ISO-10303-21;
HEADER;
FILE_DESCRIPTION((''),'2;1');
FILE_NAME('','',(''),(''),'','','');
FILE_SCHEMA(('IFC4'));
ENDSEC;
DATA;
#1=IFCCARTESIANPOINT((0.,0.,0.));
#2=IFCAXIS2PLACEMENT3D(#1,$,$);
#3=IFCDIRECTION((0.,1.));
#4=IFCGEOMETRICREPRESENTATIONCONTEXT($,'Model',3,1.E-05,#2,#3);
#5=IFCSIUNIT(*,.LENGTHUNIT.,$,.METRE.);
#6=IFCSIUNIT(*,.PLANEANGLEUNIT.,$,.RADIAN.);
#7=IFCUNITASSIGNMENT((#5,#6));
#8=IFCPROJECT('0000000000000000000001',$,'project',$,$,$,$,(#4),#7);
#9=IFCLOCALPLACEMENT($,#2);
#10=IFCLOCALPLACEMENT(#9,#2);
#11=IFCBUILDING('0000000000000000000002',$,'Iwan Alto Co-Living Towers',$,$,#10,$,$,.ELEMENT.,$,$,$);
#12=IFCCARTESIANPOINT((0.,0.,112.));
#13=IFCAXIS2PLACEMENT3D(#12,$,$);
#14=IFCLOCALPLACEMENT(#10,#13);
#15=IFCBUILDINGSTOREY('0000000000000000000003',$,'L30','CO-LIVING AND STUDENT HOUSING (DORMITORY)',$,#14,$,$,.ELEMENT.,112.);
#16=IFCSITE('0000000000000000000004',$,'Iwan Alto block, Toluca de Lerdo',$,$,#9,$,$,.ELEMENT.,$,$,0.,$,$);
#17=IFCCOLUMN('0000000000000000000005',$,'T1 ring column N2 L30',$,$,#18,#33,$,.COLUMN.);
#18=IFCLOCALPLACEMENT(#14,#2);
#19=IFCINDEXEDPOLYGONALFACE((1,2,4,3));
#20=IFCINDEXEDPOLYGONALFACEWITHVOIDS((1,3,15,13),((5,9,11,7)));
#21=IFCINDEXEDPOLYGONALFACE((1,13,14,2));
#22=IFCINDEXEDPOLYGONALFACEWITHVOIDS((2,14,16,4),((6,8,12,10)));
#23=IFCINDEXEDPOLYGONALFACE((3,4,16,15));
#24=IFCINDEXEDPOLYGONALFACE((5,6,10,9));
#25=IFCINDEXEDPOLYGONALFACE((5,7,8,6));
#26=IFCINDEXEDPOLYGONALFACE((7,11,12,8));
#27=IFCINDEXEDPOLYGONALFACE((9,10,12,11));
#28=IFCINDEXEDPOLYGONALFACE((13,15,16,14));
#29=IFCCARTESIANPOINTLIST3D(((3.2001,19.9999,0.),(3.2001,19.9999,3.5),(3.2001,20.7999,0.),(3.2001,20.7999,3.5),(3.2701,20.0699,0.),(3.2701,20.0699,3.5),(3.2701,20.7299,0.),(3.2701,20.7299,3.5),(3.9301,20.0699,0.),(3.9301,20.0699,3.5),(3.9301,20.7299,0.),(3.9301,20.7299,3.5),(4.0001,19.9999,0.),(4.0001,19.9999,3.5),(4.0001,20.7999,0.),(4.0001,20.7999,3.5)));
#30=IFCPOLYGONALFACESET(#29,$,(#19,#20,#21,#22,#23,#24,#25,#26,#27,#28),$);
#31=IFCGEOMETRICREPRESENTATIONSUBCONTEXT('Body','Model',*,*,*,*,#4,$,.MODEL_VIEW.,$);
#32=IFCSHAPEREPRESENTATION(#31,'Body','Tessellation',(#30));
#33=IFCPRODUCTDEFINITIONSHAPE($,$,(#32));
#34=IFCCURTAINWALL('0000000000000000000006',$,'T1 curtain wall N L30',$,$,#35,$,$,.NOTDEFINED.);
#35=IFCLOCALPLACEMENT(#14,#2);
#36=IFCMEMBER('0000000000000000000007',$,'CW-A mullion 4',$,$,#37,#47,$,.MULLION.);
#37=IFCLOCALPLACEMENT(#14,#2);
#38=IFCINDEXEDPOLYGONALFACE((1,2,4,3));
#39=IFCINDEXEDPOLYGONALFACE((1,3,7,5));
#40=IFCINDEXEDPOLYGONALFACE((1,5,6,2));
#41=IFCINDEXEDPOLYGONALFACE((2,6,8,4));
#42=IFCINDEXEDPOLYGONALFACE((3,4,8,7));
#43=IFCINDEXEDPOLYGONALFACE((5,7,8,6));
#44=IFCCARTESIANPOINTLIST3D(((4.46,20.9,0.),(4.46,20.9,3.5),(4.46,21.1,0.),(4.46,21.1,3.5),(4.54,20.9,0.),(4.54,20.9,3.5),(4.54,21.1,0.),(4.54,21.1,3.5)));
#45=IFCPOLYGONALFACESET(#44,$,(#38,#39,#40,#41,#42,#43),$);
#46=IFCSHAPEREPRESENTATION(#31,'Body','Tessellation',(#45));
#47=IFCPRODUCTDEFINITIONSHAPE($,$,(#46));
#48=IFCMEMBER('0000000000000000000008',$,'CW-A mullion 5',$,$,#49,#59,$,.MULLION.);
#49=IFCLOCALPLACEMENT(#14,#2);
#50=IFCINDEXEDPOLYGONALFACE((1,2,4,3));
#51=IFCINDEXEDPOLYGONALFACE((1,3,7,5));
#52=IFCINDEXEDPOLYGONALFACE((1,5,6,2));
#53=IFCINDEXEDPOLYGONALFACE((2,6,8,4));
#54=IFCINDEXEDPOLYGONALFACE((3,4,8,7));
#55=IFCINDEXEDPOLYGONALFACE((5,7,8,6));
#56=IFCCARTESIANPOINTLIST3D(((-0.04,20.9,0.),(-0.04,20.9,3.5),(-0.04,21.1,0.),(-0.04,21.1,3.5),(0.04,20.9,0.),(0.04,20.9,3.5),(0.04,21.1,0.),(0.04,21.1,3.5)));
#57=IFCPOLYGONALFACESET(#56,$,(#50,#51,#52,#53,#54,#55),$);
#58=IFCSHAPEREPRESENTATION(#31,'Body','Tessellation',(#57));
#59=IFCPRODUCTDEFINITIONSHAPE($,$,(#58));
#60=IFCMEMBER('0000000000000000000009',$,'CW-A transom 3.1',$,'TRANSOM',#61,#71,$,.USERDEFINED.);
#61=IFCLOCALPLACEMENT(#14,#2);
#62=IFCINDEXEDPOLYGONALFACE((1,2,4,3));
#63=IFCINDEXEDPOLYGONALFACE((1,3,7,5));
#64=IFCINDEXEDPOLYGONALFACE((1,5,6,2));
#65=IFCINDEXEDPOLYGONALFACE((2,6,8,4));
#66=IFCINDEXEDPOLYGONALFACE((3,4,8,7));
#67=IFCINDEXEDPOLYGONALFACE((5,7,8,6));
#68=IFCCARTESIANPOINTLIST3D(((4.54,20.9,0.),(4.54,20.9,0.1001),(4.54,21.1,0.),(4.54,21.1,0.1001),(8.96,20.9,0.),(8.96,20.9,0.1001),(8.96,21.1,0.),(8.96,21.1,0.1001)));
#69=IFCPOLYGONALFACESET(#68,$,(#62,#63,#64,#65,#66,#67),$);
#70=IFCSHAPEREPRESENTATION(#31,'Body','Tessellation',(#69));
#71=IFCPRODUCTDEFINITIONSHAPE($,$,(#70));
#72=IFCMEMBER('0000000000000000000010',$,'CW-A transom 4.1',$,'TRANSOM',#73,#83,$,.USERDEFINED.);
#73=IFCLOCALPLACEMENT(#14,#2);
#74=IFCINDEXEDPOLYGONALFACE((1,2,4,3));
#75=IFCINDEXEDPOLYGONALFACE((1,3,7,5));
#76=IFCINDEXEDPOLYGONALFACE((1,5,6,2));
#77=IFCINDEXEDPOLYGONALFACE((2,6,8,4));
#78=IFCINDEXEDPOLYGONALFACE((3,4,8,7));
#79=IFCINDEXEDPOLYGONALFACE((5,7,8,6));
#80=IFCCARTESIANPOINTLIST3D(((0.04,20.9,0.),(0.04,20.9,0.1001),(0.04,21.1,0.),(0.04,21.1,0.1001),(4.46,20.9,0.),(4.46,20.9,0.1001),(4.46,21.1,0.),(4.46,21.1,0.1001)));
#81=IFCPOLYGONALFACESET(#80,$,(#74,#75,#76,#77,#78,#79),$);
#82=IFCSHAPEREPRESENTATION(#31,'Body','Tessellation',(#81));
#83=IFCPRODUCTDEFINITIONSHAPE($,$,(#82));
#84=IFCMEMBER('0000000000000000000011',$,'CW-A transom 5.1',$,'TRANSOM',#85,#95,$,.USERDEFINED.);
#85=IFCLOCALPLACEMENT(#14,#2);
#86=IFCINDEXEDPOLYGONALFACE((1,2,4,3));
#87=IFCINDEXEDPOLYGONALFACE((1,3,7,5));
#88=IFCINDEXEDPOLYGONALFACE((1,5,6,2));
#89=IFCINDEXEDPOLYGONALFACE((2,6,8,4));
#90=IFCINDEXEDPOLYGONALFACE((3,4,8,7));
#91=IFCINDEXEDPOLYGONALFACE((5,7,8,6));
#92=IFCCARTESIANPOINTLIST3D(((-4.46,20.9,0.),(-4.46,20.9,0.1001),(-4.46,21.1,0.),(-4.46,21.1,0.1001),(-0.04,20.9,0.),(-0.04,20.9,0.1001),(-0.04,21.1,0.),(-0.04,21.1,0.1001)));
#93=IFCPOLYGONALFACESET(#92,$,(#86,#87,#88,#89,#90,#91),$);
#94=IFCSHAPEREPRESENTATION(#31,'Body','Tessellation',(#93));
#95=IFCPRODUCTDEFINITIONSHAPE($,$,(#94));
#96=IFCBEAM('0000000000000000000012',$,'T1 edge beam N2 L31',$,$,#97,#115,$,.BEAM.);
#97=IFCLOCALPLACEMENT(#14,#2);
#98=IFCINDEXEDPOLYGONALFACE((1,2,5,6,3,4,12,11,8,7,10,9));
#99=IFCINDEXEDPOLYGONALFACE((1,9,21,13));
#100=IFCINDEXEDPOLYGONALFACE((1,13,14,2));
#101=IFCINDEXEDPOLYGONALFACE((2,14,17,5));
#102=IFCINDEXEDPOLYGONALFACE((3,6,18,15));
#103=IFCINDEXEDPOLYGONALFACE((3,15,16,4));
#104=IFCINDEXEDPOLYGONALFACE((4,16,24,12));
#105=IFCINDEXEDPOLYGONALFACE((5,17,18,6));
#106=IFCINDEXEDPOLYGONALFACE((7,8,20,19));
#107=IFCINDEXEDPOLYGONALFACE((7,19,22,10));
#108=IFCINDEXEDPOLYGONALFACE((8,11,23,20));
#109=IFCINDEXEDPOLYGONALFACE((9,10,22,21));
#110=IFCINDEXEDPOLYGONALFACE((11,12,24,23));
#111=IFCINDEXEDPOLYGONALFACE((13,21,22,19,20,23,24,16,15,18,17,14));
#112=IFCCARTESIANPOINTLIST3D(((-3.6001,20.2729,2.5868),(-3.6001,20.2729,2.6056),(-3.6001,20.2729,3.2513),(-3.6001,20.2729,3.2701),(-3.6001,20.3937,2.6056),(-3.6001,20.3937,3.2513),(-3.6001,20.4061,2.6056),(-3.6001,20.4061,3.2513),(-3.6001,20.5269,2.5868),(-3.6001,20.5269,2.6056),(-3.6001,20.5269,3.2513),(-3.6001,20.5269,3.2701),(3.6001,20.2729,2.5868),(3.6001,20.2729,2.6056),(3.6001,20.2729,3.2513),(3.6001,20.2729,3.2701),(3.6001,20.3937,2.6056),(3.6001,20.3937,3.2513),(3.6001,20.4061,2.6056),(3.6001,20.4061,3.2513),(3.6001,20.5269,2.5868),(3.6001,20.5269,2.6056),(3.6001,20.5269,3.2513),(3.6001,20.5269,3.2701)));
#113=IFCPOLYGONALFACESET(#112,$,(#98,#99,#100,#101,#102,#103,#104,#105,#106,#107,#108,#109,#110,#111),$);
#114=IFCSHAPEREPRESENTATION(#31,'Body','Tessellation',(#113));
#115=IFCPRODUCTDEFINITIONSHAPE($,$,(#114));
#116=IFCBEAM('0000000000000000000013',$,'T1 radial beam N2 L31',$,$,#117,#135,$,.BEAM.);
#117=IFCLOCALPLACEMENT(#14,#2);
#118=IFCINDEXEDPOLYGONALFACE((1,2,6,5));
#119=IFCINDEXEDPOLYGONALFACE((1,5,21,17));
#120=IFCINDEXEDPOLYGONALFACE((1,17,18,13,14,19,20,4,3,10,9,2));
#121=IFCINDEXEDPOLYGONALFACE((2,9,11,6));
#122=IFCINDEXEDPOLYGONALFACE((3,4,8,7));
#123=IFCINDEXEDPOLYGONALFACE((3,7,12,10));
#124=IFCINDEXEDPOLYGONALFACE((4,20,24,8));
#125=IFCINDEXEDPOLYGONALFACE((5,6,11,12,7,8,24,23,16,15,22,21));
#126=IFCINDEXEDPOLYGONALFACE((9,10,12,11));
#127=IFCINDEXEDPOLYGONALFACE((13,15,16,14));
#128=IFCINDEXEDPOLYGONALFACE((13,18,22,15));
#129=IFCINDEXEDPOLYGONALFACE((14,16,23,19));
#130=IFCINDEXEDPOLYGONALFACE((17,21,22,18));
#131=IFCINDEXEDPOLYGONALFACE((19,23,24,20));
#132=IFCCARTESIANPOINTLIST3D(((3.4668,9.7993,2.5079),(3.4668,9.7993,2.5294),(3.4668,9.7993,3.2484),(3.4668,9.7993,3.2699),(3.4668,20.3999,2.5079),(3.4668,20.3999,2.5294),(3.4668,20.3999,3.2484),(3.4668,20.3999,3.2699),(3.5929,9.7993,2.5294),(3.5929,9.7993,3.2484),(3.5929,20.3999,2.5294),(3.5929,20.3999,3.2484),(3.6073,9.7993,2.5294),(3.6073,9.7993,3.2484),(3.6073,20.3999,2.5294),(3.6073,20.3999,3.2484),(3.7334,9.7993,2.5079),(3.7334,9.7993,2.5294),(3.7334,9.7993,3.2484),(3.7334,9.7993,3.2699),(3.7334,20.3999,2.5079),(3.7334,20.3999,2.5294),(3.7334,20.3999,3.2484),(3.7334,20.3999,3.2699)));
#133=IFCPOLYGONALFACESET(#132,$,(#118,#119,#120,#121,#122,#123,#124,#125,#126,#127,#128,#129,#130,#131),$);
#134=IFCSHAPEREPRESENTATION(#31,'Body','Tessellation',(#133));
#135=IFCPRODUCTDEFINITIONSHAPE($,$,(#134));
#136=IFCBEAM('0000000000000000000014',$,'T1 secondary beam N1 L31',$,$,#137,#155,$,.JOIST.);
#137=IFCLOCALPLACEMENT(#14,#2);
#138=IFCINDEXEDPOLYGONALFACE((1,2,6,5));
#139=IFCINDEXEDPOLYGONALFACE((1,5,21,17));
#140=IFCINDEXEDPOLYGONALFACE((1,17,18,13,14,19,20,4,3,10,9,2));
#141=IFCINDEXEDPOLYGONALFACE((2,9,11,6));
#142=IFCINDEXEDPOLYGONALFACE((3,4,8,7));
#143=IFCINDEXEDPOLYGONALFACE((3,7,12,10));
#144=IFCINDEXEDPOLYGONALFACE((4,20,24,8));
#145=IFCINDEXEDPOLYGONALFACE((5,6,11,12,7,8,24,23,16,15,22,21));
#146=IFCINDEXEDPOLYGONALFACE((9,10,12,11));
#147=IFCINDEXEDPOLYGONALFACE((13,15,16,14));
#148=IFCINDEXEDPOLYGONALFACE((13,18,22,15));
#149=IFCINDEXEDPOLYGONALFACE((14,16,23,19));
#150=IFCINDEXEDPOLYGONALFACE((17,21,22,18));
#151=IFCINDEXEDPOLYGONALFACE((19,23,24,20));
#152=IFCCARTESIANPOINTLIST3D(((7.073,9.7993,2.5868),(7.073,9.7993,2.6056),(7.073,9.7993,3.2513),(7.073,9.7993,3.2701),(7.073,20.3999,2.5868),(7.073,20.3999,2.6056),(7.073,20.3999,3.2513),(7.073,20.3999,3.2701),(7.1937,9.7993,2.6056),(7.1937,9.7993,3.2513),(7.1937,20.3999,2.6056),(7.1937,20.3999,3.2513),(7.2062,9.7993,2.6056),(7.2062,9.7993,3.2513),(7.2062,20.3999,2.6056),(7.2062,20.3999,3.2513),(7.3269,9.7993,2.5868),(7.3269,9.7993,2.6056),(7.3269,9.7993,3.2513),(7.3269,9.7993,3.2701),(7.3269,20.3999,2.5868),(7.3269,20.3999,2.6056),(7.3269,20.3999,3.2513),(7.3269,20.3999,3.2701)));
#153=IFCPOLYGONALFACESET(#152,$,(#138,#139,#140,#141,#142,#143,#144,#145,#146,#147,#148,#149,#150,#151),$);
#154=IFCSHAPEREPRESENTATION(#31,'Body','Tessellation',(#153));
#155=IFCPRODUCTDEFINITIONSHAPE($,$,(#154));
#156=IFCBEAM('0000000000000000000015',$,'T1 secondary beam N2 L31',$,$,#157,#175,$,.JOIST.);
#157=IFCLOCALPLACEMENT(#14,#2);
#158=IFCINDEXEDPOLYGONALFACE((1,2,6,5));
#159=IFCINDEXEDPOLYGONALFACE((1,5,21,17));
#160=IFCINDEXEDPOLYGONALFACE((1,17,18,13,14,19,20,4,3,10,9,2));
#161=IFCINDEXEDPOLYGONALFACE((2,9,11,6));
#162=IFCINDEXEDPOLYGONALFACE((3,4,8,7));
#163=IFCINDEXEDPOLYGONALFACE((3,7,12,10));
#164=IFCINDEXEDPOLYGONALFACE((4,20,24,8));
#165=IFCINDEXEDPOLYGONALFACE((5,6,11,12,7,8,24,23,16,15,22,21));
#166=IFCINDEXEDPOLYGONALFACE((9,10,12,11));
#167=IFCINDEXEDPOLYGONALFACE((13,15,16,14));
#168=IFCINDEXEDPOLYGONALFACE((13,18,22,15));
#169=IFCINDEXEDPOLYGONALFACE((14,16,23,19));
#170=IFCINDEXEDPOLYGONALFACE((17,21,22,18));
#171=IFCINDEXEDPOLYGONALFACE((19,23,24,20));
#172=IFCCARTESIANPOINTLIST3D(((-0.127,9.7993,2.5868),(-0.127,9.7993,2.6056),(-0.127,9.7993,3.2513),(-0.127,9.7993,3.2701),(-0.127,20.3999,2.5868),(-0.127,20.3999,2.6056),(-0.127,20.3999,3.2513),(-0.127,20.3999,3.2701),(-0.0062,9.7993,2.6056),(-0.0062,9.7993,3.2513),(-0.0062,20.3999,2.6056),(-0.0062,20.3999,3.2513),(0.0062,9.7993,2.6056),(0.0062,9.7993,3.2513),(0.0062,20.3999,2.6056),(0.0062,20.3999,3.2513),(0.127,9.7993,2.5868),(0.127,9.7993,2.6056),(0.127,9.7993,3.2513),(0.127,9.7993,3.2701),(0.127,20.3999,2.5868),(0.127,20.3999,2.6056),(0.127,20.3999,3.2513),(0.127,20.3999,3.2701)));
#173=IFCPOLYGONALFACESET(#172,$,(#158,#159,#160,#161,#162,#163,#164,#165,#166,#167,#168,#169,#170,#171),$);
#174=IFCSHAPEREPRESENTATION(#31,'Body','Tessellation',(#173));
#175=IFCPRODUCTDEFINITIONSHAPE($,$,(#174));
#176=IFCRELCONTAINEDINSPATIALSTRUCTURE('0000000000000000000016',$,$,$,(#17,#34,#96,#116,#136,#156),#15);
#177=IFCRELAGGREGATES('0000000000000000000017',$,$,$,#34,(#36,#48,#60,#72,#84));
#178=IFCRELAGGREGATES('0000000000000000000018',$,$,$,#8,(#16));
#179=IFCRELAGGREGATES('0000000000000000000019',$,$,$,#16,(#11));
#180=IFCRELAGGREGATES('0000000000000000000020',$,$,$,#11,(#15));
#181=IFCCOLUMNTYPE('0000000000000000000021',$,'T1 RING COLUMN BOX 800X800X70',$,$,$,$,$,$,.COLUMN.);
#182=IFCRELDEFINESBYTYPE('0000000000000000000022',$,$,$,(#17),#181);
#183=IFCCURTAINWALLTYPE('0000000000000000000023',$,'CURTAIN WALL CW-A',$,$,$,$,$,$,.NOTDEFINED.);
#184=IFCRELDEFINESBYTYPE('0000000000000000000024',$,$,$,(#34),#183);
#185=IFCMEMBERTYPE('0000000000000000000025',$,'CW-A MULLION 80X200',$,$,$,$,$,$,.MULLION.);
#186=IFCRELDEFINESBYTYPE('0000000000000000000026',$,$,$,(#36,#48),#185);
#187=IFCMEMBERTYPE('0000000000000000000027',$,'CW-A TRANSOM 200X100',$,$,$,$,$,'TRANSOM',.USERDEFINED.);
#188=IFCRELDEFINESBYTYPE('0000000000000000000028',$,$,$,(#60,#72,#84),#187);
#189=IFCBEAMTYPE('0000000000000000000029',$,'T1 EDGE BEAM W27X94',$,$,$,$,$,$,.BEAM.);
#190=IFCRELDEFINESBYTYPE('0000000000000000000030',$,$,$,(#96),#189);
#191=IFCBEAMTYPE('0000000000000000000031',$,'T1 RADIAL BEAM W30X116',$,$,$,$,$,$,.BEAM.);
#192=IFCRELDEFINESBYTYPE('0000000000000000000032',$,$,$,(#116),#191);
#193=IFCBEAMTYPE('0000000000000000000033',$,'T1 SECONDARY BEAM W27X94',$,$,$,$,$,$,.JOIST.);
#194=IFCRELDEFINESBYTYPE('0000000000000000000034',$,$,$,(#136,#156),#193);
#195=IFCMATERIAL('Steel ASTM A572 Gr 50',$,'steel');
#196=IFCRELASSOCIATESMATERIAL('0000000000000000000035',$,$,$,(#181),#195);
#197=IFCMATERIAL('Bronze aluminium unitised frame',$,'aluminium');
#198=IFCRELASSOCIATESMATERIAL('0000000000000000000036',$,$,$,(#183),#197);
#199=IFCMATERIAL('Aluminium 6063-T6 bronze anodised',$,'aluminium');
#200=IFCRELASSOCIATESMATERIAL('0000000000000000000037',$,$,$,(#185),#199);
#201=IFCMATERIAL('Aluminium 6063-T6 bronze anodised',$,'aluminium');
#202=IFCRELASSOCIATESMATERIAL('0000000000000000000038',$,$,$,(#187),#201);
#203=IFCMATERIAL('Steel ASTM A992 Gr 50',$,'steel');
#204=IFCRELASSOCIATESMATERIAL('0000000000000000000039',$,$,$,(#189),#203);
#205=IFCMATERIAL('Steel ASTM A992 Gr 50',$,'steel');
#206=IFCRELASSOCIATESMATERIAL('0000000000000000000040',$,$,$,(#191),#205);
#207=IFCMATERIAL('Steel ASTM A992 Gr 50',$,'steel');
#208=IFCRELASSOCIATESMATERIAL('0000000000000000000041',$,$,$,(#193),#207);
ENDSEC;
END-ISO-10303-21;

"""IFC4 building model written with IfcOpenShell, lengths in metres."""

from ifc_helpers import new_model, si_unit, direction, frame, origin, origin_2d, place, context, subcontext, project, spatial, rectangle, hollow_rectangle, i_section, extrude, material, material_profile, profile_set, type_object, element, aggregate, save


model = new_model("IFC4")

# Units and contexts
model_context = context("Model", 3, precision=1e-05, world=origin(), true_north=direction((0.0, 1.0)))
body_context = subcontext(model_context, "Body", "Model", "MODEL_VIEW")
ifc_project = project(units=[si_unit("LENGTHUNIT", "METRE"), si_unit("PLANEANGLEUNIT", "RADIAN")], contexts=[model_context])

# Site, building, storey
site_placement = place(None, origin())
site = spatial("IfcSite", under=ifc_project, at=site_placement, Name="Iwan Alto block, Toluca de Lerdo", CompositionType="ELEMENT", RefElevation=0.0)
building_placement = place(site_placement, origin())
building = spatial("IfcBuilding", under=site, at=building_placement, Name="Iwan Alto Co-Living Towers", CompositionType="ELEMENT")
storey_placement = place(building_placement, frame((0.0, 0.0, 112.0)))
storey = spatial("IfcBuildingStorey", under=building, at=storey_placement, Name="L30", Description="CO-LIVING AND STUDENT HOUSING (DORMITORY)", CompositionType="ELEMENT", Elevation=112.0)

# Column
ifc_material_1 = material(Name="Steel ASTM A572 Gr 50", Category="steel")
ifc_material_profile_1 = material_profile(ifc_material_1, hollow_rectangle(XDim=0.8, YDim=0.8, WallThickness=0.0701, at=origin_2d()), Name="BOX 800X800X70")
ifc_profile_set_1 = profile_set([ifc_material_profile_1], Name="Steel ASTM A572 Gr 50")
column_type = type_object("IfcColumnType", Name="T1 RING COLUMN BOX 800X800X70", PredefinedType="COLUMN", material=ifc_profile_set_1)
column_placement = place(storey_placement, frame((3.6001, 20.3999, 0.0), z_axis=(0.0, 0.0, 1.0), x_axis=(1.0, 0.0, 0.0)))
element("IfcColumn", 1, at=column_placement, inside=storey, type_object=column_type, Name="T1 ring column N2 L30", PredefinedType="COLUMN", context=body_context, shape_type="SweptSolid", body=[
    extrude(hollow_rectangle(XDim=0.8, YDim=0.8, WallThickness=0.0701, at=origin_2d()), origin(), (0.0, 0.0, 1.0), 3.5),
])

# Curtain wall, members
ifc_material_2 = material(Name="Bronze aluminium unitised frame", Category="aluminium")
curtain_wall_type = type_object("IfcCurtainWallType", Name="CURTAIN WALL CW-A", PredefinedType="NOTDEFINED", material=ifc_material_2)
curtain_wall_placement = place(storey_placement, origin())
curtain_wall = element("IfcCurtainWall", 2, at=curtain_wall_placement, inside=storey, type_object=curtain_wall_type, Name="T1 curtain wall N L30", PredefinedType="NOTDEFINED")
ifc_material_3 = material(Name="Aluminium 6063-T6 bronze anodised", Category="aluminium")
ifc_material_profile_2 = material_profile(ifc_material_3, rectangle(XDim=0.2, YDim=0.0801, at=origin_2d()), Name="AL 80X200")
ifc_profile_set_2 = profile_set([ifc_material_profile_2], Name="Aluminium 6063-T6 bronze anodised")
member_type_1 = type_object("IfcMemberType", Name="CW-A MULLION 80X200", PredefinedType="MULLION", material=ifc_profile_set_2)
member_1_placement = place(storey_placement, frame((4.5, 21.0, 0.0), z_axis=(0.0, 0.0, 1.0), x_axis=(0.0, -1.0, 0.0)))
member_1 = element("IfcMember", 3, at=member_1_placement, type_object=member_type_1, Name="CW-A mullion 4", PredefinedType="MULLION", context=body_context, shape_type="SweptSolid", body=[
    extrude(rectangle(XDim=0.2, YDim=0.0801, at=origin_2d()), origin(), (0.0, 0.0, 1.0), 3.5),
])
member_2_placement = place(storey_placement, frame((0.0, 21.0, 0.0), z_axis=(0.0, 0.0, 1.0), x_axis=(0.0, -1.0, 0.0)))
member_2 = element("IfcMember", 4, at=member_2_placement, type_object=member_type_1, Name="CW-A mullion 5", PredefinedType="MULLION", context=body_context, shape_type="SweptSolid", body=[
    extrude(rectangle(XDim=0.2, YDim=0.0801, at=origin_2d()), origin(), (0.0, 0.0, 1.0), 3.5),
])
ifc_material_4 = material(Name="Aluminium 6063-T6 bronze anodised", Category="aluminium")
ifc_material_profile_3 = material_profile(ifc_material_4, rectangle(XDim=0.2, YDim=0.1001, at=origin_2d()), Name="AL 200X100")
ifc_profile_set_3 = profile_set([ifc_material_profile_3], Name="Aluminium 6063-T6 bronze anodised")
member_type_2 = type_object("IfcMemberType", Name="CW-A TRANSOM 200X100", ElementType="TRANSOM", PredefinedType="USERDEFINED", material=ifc_profile_set_3)
member_3_placement = place(storey_placement, frame((8.96, 21.0, 0.05), z_axis=(-1.0, 0.0, 0.0), x_axis=(0.0, -1.0, 0.0)))
member_3 = element("IfcMember", 5, at=member_3_placement, type_object=member_type_2, Name="CW-A transom 3.1", ObjectType="TRANSOM", PredefinedType="USERDEFINED", context=body_context, shape_type="SweptSolid", body=[
    extrude(rectangle(XDim=0.2, YDim=0.1001, at=origin_2d()), origin(), (0.0, 0.0, 1.0), 4.4199),
])
member_4_placement = place(storey_placement, frame((4.46, 21.0, 0.05), z_axis=(-1.0, 0.0, 0.0), x_axis=(0.0, -1.0, 0.0)))
member_4 = element("IfcMember", 6, at=member_4_placement, type_object=member_type_2, Name="CW-A transom 4.1", ObjectType="TRANSOM", PredefinedType="USERDEFINED", context=body_context, shape_type="SweptSolid", body=[
    extrude(rectangle(XDim=0.2, YDim=0.1001, at=origin_2d()), origin(), (0.0, 0.0, 1.0), 4.4199),
])
member_5_placement = place(storey_placement, frame((-0.04, 21.0, 0.05), z_axis=(-1.0, 0.0, 0.0), x_axis=(0.0, -1.0, 0.0)))
member_5 = element("IfcMember", 7, at=member_5_placement, type_object=member_type_2, Name="CW-A transom 5.1", ObjectType="TRANSOM", PredefinedType="USERDEFINED", context=body_context, shape_type="SweptSolid", body=[
    extrude(rectangle(XDim=0.2, YDim=0.1001, at=origin_2d()), origin(), (0.0, 0.0, 1.0), 4.4199),
])

# Beams
ifc_material_5 = material(Name="Steel ASTM A992 Gr 50", Category="steel")
ifc_material_profile_4 = material_profile(ifc_material_5, i_section(OverallWidth=0.2539, OverallDepth=0.6833, WebThickness=0.0125, FlangeThickness=0.0188, at=origin_2d()), Name="W27X94")
ifc_profile_set_4 = profile_set([ifc_material_profile_4], Name="Steel ASTM A992 Gr 50")
beam_type_1 = type_object("IfcBeamType", Name="T1 EDGE BEAM W27X94", PredefinedType="BEAM", material=ifc_profile_set_4)
beam_1_placement = place(storey_placement, frame((3.6001, 20.3999, 2.9285), z_axis=(-1.0, 0.0, 0.0), x_axis=(0.0, -1.0, 0.0)))
element("IfcBeam", 8, at=beam_1_placement, inside=storey, type_object=beam_type_1, Name="T1 edge beam N2 L31", PredefinedType="BEAM", context=body_context, shape_type="SweptSolid", body=[
    extrude(i_section(OverallWidth=0.2539, OverallDepth=0.6833, WebThickness=0.0125, FlangeThickness=0.0188, at=origin_2d()), origin(), (0.0, 0.0, 1.0), 7.2002),
])
ifc_material_6 = material(Name="Steel ASTM A992 Gr 50", Category="steel")
ifc_material_profile_5 = material_profile(ifc_material_6, i_section(OverallWidth=0.2666, OverallDepth=0.762, WebThickness=0.0144, FlangeThickness=0.0215, at=origin_2d()), Name="W30X116")
ifc_profile_set_5 = profile_set([ifc_material_profile_5], Name="Steel ASTM A992 Gr 50")
beam_type_2 = type_object("IfcBeamType", Name="T1 RADIAL BEAM W30X116", PredefinedType="BEAM", material=ifc_profile_set_5)
beam_2_placement = place(storey_placement, frame((3.6001, 20.3999, 2.8889), z_axis=(0.0, -1.0, 0.0), x_axis=(1.0, 0.0, 0.0)))
element("IfcBeam", 9, at=beam_2_placement, inside=storey, type_object=beam_type_2, Name="T1 radial beam N2 L31", PredefinedType="BEAM", context=body_context, shape_type="SweptSolid", body=[
    extrude(i_section(OverallWidth=0.2666, OverallDepth=0.762, WebThickness=0.0144, FlangeThickness=0.0215, at=origin_2d()), origin(), (0.0, 0.0, 1.0), 10.6006),
])
ifc_material_7 = material(Name="Steel ASTM A992 Gr 50", Category="steel")
ifc_material_profile_6 = material_profile(ifc_material_7, i_section(OverallWidth=0.2539, OverallDepth=0.6833, WebThickness=0.0125, FlangeThickness=0.0188, at=origin_2d()), Name="W27X94")
ifc_profile_set_6 = profile_set([ifc_material_profile_6], Name="Steel ASTM A992 Gr 50")
beam_type_3 = type_object("IfcBeamType", Name="T1 SECONDARY BEAM W27X94", PredefinedType="JOIST", material=ifc_profile_set_6)
for number, where, z_axis, x_axis, name in (
    (10, (7.2, 20.3999, 2.9285), (0.0, -1.0, 0.0), (1.0, 0.0, 0.0), "T1 secondary beam N1 L31"),
    (11, (0.0, 20.3999, 2.9285), (0.0, -1.0, 0.0), (1.0, 0.0, 0.0), "T1 secondary beam N2 L31"),
):
    element("IfcBeam", number, at=place(storey_placement, frame(where, z_axis=z_axis, x_axis=x_axis)), inside=storey, type_object=beam_type_3, Name=name, PredefinedType="JOIST", context=body_context, shape_type="SweptSolid", body=[
        extrude(i_section(OverallWidth=0.2539, OverallDepth=0.6833, WebThickness=0.0125, FlangeThickness=0.0188, at=origin_2d()), origin(), (0.0, 0.0, 1.0), 10.6006),
    ])

aggregate(curtain_wall, [member_1, member_2, member_3, member_4, member_5])

save(model, "model.ifc")
